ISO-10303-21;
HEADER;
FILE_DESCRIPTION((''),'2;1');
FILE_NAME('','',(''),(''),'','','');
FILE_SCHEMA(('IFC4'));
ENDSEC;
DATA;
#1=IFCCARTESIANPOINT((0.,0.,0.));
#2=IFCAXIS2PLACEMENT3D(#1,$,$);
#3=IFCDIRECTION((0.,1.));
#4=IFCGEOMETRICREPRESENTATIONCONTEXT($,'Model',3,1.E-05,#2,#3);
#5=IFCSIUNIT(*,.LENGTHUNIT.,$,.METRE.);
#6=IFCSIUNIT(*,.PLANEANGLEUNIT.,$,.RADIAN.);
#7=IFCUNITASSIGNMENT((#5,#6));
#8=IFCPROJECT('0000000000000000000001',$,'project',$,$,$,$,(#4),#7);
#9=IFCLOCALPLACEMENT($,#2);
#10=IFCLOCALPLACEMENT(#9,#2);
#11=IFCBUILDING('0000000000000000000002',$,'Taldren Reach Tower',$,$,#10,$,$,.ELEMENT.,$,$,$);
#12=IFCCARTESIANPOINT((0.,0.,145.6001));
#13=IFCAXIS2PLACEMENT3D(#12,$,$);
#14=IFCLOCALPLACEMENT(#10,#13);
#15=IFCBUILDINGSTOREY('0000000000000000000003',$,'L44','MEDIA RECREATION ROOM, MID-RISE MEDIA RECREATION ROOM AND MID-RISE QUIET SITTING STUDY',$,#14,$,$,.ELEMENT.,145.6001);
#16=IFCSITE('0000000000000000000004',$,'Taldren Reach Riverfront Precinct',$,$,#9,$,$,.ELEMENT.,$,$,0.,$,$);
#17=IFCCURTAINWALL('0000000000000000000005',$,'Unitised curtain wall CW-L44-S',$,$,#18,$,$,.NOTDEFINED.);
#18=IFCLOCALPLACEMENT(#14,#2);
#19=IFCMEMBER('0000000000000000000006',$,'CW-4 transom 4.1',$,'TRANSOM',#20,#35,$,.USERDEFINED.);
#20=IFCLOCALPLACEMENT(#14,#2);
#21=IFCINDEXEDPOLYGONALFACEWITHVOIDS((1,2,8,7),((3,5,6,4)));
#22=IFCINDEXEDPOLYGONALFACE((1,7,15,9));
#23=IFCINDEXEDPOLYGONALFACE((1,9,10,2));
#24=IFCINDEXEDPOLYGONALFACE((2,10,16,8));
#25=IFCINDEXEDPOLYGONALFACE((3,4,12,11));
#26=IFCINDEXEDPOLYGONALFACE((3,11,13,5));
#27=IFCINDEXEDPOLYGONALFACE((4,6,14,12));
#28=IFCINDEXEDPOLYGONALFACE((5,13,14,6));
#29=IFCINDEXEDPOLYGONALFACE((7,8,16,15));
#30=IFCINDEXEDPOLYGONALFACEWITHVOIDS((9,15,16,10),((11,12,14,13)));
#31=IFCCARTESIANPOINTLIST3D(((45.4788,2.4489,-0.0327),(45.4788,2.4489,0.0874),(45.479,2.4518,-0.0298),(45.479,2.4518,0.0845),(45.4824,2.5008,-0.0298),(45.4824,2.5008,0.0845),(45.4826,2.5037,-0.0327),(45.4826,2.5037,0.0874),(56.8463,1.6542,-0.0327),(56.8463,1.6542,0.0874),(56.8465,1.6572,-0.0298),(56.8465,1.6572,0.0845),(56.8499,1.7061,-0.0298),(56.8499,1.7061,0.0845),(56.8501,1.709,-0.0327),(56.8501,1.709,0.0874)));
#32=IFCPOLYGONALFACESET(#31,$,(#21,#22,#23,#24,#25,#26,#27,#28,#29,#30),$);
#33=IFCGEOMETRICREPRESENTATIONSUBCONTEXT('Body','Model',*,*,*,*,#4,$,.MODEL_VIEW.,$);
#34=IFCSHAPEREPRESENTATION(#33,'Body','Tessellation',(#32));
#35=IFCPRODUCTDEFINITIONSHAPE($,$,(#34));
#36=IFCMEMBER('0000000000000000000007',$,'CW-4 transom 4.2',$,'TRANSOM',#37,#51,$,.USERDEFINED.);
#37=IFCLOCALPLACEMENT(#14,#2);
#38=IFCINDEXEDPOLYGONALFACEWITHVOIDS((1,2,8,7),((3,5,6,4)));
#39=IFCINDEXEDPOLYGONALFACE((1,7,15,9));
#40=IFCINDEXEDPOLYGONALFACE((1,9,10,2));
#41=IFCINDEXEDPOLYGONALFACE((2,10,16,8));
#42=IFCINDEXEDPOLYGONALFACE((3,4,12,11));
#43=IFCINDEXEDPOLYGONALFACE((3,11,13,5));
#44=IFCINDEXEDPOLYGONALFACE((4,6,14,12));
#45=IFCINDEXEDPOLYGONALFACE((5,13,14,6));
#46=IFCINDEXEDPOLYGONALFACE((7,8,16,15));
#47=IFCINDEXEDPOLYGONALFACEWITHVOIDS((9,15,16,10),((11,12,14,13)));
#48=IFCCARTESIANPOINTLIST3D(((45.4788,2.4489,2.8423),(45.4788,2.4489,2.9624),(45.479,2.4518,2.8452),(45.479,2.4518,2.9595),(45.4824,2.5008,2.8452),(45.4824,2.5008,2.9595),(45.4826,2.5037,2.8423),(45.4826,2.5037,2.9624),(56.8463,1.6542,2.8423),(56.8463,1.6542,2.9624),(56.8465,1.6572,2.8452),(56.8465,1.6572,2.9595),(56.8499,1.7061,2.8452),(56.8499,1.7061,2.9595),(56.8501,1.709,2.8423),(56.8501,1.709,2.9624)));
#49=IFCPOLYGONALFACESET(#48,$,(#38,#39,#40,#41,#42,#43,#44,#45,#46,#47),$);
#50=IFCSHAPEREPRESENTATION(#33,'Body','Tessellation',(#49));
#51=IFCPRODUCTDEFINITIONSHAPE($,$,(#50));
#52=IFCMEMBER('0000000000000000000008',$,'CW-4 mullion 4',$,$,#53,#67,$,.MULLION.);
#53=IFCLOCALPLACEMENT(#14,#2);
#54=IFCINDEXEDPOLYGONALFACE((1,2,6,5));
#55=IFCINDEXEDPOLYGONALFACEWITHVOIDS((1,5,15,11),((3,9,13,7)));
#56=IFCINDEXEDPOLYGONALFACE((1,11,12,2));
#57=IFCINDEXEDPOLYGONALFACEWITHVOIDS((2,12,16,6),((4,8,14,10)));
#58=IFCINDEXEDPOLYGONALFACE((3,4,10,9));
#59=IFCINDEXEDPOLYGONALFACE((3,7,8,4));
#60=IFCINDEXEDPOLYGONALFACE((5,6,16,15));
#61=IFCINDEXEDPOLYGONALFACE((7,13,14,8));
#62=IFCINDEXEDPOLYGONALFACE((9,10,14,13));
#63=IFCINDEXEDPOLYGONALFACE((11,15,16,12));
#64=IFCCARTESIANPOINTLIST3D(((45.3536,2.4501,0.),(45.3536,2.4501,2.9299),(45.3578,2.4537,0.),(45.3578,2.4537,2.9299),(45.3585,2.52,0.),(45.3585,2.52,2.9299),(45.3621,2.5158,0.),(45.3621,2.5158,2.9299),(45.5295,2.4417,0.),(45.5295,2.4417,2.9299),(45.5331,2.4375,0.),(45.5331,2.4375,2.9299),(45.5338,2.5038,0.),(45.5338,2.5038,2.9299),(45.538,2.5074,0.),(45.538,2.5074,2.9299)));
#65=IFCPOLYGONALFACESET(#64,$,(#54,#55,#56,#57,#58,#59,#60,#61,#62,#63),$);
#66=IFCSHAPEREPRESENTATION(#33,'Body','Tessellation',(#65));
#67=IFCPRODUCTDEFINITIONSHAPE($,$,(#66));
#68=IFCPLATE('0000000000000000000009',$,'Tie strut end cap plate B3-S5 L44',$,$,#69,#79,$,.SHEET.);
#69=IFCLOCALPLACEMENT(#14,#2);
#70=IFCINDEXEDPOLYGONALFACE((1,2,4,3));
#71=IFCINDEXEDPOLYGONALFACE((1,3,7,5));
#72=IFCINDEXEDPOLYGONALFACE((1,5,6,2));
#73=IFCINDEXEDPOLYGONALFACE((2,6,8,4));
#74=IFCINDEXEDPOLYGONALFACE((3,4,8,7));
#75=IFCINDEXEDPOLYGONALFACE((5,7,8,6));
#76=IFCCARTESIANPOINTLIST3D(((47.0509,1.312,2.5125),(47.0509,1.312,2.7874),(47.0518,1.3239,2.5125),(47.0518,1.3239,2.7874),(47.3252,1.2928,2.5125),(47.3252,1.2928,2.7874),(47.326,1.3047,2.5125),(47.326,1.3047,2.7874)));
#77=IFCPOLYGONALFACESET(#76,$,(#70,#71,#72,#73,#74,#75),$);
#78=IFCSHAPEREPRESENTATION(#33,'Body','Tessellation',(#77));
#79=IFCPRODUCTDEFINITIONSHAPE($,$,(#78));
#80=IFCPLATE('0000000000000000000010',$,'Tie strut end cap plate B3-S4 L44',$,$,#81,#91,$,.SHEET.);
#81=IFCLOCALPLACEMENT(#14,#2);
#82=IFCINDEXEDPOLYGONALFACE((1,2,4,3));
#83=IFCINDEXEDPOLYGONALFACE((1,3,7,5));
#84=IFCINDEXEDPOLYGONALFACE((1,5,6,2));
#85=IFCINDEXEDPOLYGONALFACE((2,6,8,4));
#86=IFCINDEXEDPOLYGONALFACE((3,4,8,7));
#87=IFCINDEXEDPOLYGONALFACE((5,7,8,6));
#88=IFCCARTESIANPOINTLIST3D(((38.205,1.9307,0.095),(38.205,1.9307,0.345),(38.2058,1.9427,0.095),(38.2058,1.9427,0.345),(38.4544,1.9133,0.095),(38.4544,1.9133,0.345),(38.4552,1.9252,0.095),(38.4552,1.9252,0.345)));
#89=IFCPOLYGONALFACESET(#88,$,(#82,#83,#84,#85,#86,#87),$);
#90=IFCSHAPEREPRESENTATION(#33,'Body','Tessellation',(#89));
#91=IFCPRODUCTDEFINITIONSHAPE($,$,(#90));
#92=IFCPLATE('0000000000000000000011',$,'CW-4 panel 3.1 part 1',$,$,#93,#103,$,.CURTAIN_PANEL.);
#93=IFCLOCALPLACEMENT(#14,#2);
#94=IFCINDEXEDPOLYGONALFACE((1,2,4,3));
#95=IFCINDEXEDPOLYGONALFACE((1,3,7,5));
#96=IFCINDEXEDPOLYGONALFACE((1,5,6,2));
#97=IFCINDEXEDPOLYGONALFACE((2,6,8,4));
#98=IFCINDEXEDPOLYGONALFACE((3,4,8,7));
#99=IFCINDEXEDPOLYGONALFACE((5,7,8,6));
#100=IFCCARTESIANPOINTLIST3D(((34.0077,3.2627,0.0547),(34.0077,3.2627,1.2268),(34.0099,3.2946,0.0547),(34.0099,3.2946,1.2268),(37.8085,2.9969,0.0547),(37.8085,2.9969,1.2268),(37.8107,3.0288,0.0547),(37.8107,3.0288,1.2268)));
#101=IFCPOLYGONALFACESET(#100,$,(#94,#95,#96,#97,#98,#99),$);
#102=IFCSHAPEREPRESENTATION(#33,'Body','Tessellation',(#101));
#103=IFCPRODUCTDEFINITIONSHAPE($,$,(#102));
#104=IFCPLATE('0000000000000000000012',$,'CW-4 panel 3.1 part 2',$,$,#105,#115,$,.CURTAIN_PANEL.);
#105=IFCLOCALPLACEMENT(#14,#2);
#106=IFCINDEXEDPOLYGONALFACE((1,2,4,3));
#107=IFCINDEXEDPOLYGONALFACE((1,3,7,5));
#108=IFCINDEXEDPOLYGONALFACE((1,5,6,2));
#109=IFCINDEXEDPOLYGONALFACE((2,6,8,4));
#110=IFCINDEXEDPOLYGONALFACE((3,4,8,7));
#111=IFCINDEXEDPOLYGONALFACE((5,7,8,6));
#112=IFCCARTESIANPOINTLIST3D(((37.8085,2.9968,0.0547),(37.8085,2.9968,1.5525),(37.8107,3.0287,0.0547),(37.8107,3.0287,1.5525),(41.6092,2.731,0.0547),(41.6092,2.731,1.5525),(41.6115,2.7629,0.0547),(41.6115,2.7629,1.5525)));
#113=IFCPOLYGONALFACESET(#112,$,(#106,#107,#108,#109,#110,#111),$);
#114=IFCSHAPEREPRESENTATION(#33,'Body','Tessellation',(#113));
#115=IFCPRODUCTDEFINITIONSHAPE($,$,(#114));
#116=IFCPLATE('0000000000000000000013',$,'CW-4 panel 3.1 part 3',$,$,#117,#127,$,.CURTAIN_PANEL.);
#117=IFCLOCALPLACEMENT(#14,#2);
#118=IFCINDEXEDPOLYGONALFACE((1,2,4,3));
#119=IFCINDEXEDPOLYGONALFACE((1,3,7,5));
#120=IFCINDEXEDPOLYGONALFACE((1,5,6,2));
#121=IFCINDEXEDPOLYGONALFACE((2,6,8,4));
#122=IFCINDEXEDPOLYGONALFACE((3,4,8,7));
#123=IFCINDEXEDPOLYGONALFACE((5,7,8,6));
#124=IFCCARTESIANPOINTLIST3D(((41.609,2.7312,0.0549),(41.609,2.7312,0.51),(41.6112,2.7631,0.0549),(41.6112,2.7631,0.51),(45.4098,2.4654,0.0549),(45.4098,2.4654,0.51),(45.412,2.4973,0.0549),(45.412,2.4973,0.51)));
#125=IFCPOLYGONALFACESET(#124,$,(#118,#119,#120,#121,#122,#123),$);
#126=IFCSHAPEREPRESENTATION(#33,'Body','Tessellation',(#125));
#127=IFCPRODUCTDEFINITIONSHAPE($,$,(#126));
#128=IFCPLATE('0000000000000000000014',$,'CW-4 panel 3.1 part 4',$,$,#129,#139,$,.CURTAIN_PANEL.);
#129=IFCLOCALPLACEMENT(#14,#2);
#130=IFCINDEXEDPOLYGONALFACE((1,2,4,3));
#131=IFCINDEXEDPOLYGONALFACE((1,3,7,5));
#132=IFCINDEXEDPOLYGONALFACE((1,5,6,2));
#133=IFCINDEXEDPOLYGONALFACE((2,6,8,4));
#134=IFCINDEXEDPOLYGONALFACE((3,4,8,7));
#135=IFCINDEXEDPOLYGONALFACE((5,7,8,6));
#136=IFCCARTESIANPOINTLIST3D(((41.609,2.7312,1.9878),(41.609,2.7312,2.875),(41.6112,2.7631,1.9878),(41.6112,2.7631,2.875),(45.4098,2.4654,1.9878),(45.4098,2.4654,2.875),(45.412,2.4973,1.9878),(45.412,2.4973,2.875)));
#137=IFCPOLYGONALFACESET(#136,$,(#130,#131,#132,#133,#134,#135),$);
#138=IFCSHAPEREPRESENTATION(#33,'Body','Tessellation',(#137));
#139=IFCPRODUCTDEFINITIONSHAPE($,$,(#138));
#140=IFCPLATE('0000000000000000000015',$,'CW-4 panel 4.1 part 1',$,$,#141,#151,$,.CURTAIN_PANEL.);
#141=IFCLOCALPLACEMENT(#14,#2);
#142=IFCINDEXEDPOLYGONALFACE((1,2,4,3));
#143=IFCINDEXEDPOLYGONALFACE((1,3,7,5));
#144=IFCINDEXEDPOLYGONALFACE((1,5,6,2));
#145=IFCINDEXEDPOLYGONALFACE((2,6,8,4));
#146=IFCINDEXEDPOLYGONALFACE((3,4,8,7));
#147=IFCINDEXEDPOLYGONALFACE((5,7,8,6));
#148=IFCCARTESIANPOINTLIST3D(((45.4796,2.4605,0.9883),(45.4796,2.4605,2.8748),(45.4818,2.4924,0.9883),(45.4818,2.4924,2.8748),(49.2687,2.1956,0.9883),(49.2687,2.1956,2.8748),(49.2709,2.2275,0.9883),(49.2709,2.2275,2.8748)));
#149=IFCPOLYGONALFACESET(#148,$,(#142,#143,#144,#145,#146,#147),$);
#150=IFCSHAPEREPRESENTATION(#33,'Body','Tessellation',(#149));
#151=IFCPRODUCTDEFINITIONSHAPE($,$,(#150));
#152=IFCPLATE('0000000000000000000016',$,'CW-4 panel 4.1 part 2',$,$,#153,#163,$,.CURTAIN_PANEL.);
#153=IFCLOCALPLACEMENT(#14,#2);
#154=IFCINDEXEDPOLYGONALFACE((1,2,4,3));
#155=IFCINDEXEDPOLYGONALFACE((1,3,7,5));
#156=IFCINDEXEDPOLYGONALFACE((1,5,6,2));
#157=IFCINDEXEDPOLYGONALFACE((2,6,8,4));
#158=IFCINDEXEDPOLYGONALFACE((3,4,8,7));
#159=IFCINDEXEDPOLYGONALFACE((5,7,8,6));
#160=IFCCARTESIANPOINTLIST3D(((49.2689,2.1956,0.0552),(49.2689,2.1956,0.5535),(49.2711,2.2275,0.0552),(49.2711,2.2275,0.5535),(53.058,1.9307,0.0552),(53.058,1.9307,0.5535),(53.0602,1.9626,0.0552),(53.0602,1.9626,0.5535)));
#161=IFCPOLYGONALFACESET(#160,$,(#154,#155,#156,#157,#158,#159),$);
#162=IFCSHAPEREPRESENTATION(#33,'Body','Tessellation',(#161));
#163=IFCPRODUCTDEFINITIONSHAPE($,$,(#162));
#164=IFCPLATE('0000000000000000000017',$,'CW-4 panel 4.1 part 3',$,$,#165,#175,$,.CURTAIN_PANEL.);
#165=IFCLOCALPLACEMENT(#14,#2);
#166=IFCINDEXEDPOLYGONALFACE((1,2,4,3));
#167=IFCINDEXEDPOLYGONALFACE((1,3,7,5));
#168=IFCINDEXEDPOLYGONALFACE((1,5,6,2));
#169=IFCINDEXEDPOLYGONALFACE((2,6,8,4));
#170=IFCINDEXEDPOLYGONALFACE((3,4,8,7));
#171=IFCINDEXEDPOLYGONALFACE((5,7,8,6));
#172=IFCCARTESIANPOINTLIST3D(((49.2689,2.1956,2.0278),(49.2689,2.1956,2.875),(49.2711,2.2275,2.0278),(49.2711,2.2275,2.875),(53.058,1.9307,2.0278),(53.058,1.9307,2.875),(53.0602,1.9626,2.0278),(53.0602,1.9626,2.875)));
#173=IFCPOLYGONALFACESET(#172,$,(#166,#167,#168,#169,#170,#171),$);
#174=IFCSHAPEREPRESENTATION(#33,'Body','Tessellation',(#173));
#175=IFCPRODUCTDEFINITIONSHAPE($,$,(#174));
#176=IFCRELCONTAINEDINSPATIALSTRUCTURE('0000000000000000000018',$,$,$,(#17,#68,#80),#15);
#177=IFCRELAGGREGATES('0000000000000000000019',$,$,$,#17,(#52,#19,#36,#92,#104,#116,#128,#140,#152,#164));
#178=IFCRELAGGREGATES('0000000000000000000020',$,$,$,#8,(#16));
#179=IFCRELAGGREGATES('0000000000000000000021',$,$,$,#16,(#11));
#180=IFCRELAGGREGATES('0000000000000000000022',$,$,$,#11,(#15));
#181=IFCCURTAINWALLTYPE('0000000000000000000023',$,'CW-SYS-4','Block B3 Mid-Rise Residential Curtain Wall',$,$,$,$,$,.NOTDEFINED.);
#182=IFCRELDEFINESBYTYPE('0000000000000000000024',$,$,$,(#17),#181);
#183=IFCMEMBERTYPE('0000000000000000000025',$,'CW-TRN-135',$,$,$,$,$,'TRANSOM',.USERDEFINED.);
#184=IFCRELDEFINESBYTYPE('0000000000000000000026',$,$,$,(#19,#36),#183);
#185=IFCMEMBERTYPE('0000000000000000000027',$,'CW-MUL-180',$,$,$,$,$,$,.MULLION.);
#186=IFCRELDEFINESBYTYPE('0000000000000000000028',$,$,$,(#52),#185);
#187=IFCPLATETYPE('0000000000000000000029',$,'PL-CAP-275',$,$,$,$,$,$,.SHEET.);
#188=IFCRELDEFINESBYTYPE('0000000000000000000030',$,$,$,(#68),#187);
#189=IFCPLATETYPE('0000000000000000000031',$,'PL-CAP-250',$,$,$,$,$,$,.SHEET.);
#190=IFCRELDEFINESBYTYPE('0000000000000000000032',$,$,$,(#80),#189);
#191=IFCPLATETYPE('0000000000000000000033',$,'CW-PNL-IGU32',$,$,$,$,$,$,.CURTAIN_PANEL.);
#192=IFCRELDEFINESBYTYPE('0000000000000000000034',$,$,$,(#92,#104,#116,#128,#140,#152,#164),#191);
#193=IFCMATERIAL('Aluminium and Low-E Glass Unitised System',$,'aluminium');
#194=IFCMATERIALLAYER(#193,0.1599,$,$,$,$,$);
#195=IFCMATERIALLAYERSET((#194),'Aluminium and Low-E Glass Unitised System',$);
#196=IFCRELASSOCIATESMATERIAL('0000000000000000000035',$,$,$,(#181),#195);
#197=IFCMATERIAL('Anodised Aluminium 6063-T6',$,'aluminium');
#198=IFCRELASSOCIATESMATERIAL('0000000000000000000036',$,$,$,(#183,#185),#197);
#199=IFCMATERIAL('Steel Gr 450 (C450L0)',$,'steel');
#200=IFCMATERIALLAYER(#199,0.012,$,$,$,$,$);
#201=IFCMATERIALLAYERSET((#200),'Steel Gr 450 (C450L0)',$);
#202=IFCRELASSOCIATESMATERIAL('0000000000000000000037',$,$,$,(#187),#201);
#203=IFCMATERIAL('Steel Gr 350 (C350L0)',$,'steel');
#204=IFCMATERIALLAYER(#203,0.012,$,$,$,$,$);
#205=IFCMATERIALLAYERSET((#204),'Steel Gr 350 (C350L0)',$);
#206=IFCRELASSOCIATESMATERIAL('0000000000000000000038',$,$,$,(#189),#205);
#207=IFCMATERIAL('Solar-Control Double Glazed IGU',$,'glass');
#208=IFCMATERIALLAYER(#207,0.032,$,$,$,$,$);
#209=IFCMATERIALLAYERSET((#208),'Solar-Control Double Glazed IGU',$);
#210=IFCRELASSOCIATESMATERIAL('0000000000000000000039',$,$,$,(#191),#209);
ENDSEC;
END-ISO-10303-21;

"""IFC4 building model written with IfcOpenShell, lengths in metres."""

from ifc_helpers import new_model, si_unit, direction, frame, origin, origin_2d, place, context, subcontext, project, spatial, rectangle, hollow_rectangle, extrude, source, transform, mapped, material, layer, layer_set, material_profile, profile_set, type_object, element, aggregate, save


model = new_model("IFC4")

# Units and contexts
model_context = context("Model", 3, precision=1e-05, world=origin(), true_north=direction((0.0, 1.0)))
body_context = subcontext(model_context, "Body", "Model", "MODEL_VIEW")
ifc_project = project(units=[si_unit("LENGTHUNIT", "METRE"), si_unit("PLANEANGLEUNIT", "RADIAN")], contexts=[model_context])

# Site, building, storey
site_placement = place(None, origin())
site = spatial("IfcSite", under=ifc_project, at=site_placement, Name="Taldren Reach Riverfront Precinct", CompositionType="ELEMENT", RefElevation=0.0)
building_placement = place(site_placement, origin())
building = spatial("IfcBuilding", under=site, at=building_placement, Name="Taldren Reach Tower", CompositionType="ELEMENT")
storey_placement = place(building_placement, frame((0.0, 0.0, 145.6001)))
storey = spatial("IfcBuildingStorey", under=building, at=storey_placement, Name="L44", Description="MEDIA RECREATION ROOM, MID-RISE MEDIA RECREATION ROOM AND MID-RISE QUIET SITTING STUDY", CompositionType="ELEMENT", Elevation=145.6001)

# Shared definitions
ifc_material_1 = material(Name="Steel Gr 450 (C450L0)", Category="steel")
ifc_material_2 = material(Name="Steel Gr 350 (C350L0)", Category="steel")

# Curtain wall, members
ifc_material_3 = material(Name="Aluminium and Low-E Glass Unitised System", Category="aluminium")
ifc_layer_1 = layer(ifc_material_3, 0.1599)
ifc_layer_set_1 = layer_set([ifc_layer_1], Name="Aluminium and Low-E Glass Unitised System")
curtain_wall_type = type_object("IfcCurtainWallType", Name="CW-SYS-4", Description="Block B3 Mid-Rise Residential Curtain Wall", PredefinedType="NOTDEFINED", material=ifc_layer_set_1)
curtain_wall_placement = place(storey_placement, origin())
curtain_wall = element("IfcCurtainWall", 1, at=curtain_wall_placement, inside=storey, type_object=curtain_wall_type, Name="Unitised curtain wall CW-L44-S", PredefinedType="NOTDEFINED")
ifc_material_4 = material(Name="Anodised Aluminium 6063-T6", Category="aluminium")
ifc_material_profile_1 = material_profile(ifc_material_4, hollow_rectangle(XDim=0.0549, YDim=0.1201, WallThickness=0.0029, at=origin_2d()), Name="ALU-120x55x3RHS")
ifc_profile_set_1 = profile_set([ifc_material_profile_1], Name="Anodised Aluminium 6063-T6")
member_type_1 = type_object("IfcMemberType", Name="CW-TRN-135", ElementType="TRANSOM", PredefinedType="USERDEFINED", material=ifc_profile_set_1)
shared_shape_1 = source(origin(), body_context, "Body", "SweptSolid", [
    extrude(hollow_rectangle(XDim=0.0549, YDim=0.1201, WallThickness=0.0029, at=origin_2d()), origin(), (0.0, 0.0, 1.0), 11.3953),
])
member_1_placement = place(storey_placement, frame((45.4807, 2.4763, 0.0273), z_axis=(0.997565, -0.069738, 0.0), x_axis=(0.069738, 0.997565, 0.0)))
member_1 = element("IfcMember", 2, at=member_1_placement, type_object=member_type_1, Name="CW-4 transom 4.1", ObjectType="TRANSOM", PredefinedType="USERDEFINED", context=body_context, shape_type="MappedRepresentation", body=[
    mapped(shared_shape_1, transform((0.0, 0.0, 0.0), scale=1.0)),
])
member_2_placement = place(storey_placement, frame((45.4807, 2.4763, 2.9023), z_axis=(0.997565, -0.069738, 0.0), x_axis=(0.069738, 0.997565, 0.0)))
member_2 = element("IfcMember", 3, at=member_2_placement, type_object=member_type_1, Name="CW-4 transom 4.2", ObjectType="TRANSOM", PredefinedType="USERDEFINED", context=body_context, shape_type="MappedRepresentation", body=[
    mapped(shared_shape_1, transform((0.0, 0.0, 0.0), scale=1.0)),
])
ifc_material_profile_2 = material_profile(ifc_material_4, hollow_rectangle(XDim=0.0701, YDim=0.1799, WallThickness=0.0039, at=origin_2d()), Name="ALU-180x70x4RHS")
ifc_profile_set_2 = profile_set([ifc_material_profile_2], Name="Anodised Aluminium 6063-T6")
member_type_2 = type_object("IfcMemberType", Name="CW-MUL-180", PredefinedType="MULLION", material=ifc_profile_set_2)
shared_shape_2 = source(origin(), body_context, "Body", "SweptSolid", [
    extrude(hollow_rectangle(XDim=0.0701, YDim=0.1799, WallThickness=0.0039, at=origin_2d()), origin(), (0.0, 0.0, 1.0), 2.9299),
])
member_3_placement = place(storey_placement, frame((45.4458, 2.4788, 0.0), z_axis=(0.0, 0.0, 1.0), x_axis=(0.069757, 0.997564, 0.0)))
member_3 = element("IfcMember", 4, at=member_3_placement, type_object=member_type_2, Name="CW-4 mullion 4", PredefinedType="MULLION", context=body_context, shape_type="MappedRepresentation", body=[
    mapped(shared_shape_2, transform((0.0, 0.0, 0.0), scale=1.0)),
])

# Plates
ifc_layer_2 = layer(ifc_material_1, 0.012)
ifc_layer_set_2 = layer_set([ifc_layer_2], Name="Steel Gr 450 (C450L0)")
plate_type_1 = type_object("IfcPlateType", Name="PL-CAP-275", PredefinedType="SHEET", material=ifc_layer_set_2)
shared_shape_3 = source(origin(), body_context, "Body", "SweptSolid", [
    extrude(rectangle(XDim=0.2749, YDim=0.012, at=origin_2d()), origin(), (0.0, 0.0, 1.0), 0.2749),
])
plate_1_placement = place(storey_placement, frame((47.1885, 1.3083, 2.5125), z_axis=(0.0, 0.0, 1.0), x_axis=(0.997564, -0.069756, 0.0)))
element("IfcPlate", 5, at=plate_1_placement, inside=storey, type_object=plate_type_1, Name="Tie strut end cap plate B3-S5 L44", PredefinedType="SHEET", context=body_context, shape_type="MappedRepresentation", body=[
    mapped(shared_shape_3, transform((0.0, 0.0, 0.0), scale=1.0)),
])
ifc_layer_3 = layer(ifc_material_2, 0.012)
ifc_layer_set_3 = layer_set([ifc_layer_3], Name="Steel Gr 350 (C350L0)")
plate_type_2 = type_object("IfcPlateType", Name="PL-CAP-250", PredefinedType="SHEET", material=ifc_layer_set_3)
shared_shape_4 = source(origin(), body_context, "Body", "SweptSolid", [
    extrude(rectangle(XDim=0.25, YDim=0.012, at=origin_2d()), origin(), (0.0, 0.0, 1.0), 0.25),
])
plate_2_placement = place(storey_placement, frame((38.3301, 1.928, 0.095), z_axis=(0.0, 0.0, 1.0), x_axis=(0.997564, -0.069756, 0.0)))
element("IfcPlate", 6, at=plate_2_placement, inside=storey, type_object=plate_type_2, Name="Tie strut end cap plate B3-S4 L44", PredefinedType="SHEET", context=body_context, shape_type="MappedRepresentation", body=[
    mapped(shared_shape_4, transform((0.0, 0.0, 0.0), scale=1.0)),
])

# Plates
ifc_material_5 = material(Name="Solar-Control Double Glazed IGU", Category="glass")
ifc_layer_4 = layer(ifc_material_5, 0.032)
ifc_layer_set_4 = layer_set([ifc_layer_4], Name="Solar-Control Double Glazed IGU")
plate_type_3 = type_object("IfcPlateType", Name="CW-PNL-IGU32", PredefinedType="CURTAIN_PANEL", material=ifc_layer_set_4)
shared_shape_5 = source(origin(), body_context, "Body", "SweptSolid", [
    extrude(rectangle(XDim=3.8101, YDim=0.032, at=origin_2d()), origin(), (0.0, 0.0, 1.0), 1.1721),
])
plate_3_placement = place(storey_placement, frame((35.9092, 3.1458, 0.0547), z_axis=(0.0, 0.0, 1.0), x_axis=(0.997564, -0.069757, 0.0)))
plate_3 = element("IfcPlate", 7, at=plate_3_placement, type_object=plate_type_3, Name="CW-4 panel 3.1 part 1", PredefinedType="CURTAIN_PANEL", context=body_context, shape_type="MappedRepresentation", body=[
    mapped(shared_shape_5, transform((0.0, 0.0, 0.0), scale=1.0)),
])
shared_shape_6 = source(origin(), body_context, "Body", "SweptSolid", [
    extrude(rectangle(XDim=3.8101, YDim=0.032, at=origin_2d()), origin(), (0.0, 0.0, 1.0), 1.4978),
])
plate_4_placement = place(storey_placement, frame((39.71, 2.8799, 0.0547), z_axis=(0.0, 0.0, 1.0), x_axis=(0.997564, -0.069757, 0.0)))
plate_4 = element("IfcPlate", 8, at=plate_4_placement, type_object=plate_type_3, Name="CW-4 panel 3.1 part 2", PredefinedType="CURTAIN_PANEL", context=body_context, shape_type="MappedRepresentation", body=[
    mapped(shared_shape_6, transform((0.0, 0.0, 0.0), scale=1.0)),
])
shared_shape_7 = source(origin(), body_context, "Body", "SweptSolid", [
    extrude(rectangle(XDim=3.8101, YDim=0.032, at=origin_2d()), origin(), (0.0, 0.0, 1.0), 0.4551),
])
plate_5_placement = place(storey_placement, frame((43.5105, 2.6143, 0.0549), z_axis=(0.0, 0.0, 1.0), x_axis=(0.997564, -0.069757, 0.0)))
plate_5 = element("IfcPlate", 9, at=plate_5_placement, type_object=plate_type_3, Name="CW-4 panel 3.1 part 3", PredefinedType="CURTAIN_PANEL", context=body_context, shape_type="MappedRepresentation", body=[
    mapped(shared_shape_7, transform((0.0, 0.0, 0.0), scale=1.0)),
])
shared_shape_8 = source(origin(), body_context, "Body", "SweptSolid", [
    extrude(rectangle(XDim=3.8101, YDim=0.032, at=origin_2d()), origin(), (0.0, 0.0, 1.0), 0.8872),
])
plate_6_placement = place(storey_placement, frame((43.5105, 2.6143, 1.9878), z_axis=(0.0, 0.0, 1.0), x_axis=(0.997564, -0.069757, 0.0)))
plate_6 = element("IfcPlate", 10, at=plate_6_placement, type_object=plate_type_3, Name="CW-4 panel 3.1 part 4", PredefinedType="CURTAIN_PANEL", context=body_context, shape_type="MappedRepresentation", body=[
    mapped(shared_shape_8, transform((0.0, 0.0, 0.0), scale=1.0)),
])
shared_shape_9 = source(origin(), body_context, "Body", "SweptSolid", [
    extrude(rectangle(XDim=3.7983, YDim=0.032, at=origin_2d()), origin(), (0.0, 0.0, 1.0), 1.8865),
])
plate_7_placement = place(storey_placement, frame((47.3752, 2.344, 0.9883), z_axis=(0.0, 0.0, 1.0), x_axis=(0.997564, -0.069757, 0.0)))
plate_7 = element("IfcPlate", 11, at=plate_7_placement, type_object=plate_type_3, Name="CW-4 panel 4.1 part 1", PredefinedType="CURTAIN_PANEL", context=body_context, shape_type="MappedRepresentation", body=[
    mapped(shared_shape_9, transform((0.0, 0.0, 0.0), scale=1.0)),
])
shared_shape_10 = source(origin(), body_context, "Body", "SweptSolid", [
    extrude(rectangle(XDim=3.7983, YDim=0.032, at=origin_2d()), origin(), (0.0, 0.0, 1.0), 0.4983),
])
plate_8_placement = place(storey_placement, frame((51.1646, 2.0791, 0.0552), z_axis=(0.0, 0.0, 1.0), x_axis=(0.997564, -0.069757, 0.0)))
plate_8 = element("IfcPlate", 12, at=plate_8_placement, type_object=plate_type_3, Name="CW-4 panel 4.1 part 2", PredefinedType="CURTAIN_PANEL", context=body_context, shape_type="MappedRepresentation", body=[
    mapped(shared_shape_10, transform((0.0, 0.0, 0.0), scale=1.0)),
])
shared_shape_11 = source(origin(), body_context, "Body", "SweptSolid", [
    extrude(rectangle(XDim=3.7983, YDim=0.032, at=origin_2d()), origin(), (0.0, 0.0, 1.0), 0.8472),
])
plate_9_placement = place(storey_placement, frame((51.1646, 2.0791, 2.0278), z_axis=(0.0, 0.0, 1.0), x_axis=(0.997564, -0.069757, 0.0)))
plate_9 = element("IfcPlate", 13, at=plate_9_placement, type_object=plate_type_3, Name="CW-4 panel 4.1 part 3", PredefinedType="CURTAIN_PANEL", context=body_context, shape_type="MappedRepresentation", body=[
    mapped(shared_shape_11, transform((0.0, 0.0, 0.0), scale=1.0)),
])
aggregate(curtain_wall, [member_3, member_1, member_2, plate_3, plate_4, plate_5, plate_6, plate_7, plate_8, plate_9])

save(model, "model.ifc")
